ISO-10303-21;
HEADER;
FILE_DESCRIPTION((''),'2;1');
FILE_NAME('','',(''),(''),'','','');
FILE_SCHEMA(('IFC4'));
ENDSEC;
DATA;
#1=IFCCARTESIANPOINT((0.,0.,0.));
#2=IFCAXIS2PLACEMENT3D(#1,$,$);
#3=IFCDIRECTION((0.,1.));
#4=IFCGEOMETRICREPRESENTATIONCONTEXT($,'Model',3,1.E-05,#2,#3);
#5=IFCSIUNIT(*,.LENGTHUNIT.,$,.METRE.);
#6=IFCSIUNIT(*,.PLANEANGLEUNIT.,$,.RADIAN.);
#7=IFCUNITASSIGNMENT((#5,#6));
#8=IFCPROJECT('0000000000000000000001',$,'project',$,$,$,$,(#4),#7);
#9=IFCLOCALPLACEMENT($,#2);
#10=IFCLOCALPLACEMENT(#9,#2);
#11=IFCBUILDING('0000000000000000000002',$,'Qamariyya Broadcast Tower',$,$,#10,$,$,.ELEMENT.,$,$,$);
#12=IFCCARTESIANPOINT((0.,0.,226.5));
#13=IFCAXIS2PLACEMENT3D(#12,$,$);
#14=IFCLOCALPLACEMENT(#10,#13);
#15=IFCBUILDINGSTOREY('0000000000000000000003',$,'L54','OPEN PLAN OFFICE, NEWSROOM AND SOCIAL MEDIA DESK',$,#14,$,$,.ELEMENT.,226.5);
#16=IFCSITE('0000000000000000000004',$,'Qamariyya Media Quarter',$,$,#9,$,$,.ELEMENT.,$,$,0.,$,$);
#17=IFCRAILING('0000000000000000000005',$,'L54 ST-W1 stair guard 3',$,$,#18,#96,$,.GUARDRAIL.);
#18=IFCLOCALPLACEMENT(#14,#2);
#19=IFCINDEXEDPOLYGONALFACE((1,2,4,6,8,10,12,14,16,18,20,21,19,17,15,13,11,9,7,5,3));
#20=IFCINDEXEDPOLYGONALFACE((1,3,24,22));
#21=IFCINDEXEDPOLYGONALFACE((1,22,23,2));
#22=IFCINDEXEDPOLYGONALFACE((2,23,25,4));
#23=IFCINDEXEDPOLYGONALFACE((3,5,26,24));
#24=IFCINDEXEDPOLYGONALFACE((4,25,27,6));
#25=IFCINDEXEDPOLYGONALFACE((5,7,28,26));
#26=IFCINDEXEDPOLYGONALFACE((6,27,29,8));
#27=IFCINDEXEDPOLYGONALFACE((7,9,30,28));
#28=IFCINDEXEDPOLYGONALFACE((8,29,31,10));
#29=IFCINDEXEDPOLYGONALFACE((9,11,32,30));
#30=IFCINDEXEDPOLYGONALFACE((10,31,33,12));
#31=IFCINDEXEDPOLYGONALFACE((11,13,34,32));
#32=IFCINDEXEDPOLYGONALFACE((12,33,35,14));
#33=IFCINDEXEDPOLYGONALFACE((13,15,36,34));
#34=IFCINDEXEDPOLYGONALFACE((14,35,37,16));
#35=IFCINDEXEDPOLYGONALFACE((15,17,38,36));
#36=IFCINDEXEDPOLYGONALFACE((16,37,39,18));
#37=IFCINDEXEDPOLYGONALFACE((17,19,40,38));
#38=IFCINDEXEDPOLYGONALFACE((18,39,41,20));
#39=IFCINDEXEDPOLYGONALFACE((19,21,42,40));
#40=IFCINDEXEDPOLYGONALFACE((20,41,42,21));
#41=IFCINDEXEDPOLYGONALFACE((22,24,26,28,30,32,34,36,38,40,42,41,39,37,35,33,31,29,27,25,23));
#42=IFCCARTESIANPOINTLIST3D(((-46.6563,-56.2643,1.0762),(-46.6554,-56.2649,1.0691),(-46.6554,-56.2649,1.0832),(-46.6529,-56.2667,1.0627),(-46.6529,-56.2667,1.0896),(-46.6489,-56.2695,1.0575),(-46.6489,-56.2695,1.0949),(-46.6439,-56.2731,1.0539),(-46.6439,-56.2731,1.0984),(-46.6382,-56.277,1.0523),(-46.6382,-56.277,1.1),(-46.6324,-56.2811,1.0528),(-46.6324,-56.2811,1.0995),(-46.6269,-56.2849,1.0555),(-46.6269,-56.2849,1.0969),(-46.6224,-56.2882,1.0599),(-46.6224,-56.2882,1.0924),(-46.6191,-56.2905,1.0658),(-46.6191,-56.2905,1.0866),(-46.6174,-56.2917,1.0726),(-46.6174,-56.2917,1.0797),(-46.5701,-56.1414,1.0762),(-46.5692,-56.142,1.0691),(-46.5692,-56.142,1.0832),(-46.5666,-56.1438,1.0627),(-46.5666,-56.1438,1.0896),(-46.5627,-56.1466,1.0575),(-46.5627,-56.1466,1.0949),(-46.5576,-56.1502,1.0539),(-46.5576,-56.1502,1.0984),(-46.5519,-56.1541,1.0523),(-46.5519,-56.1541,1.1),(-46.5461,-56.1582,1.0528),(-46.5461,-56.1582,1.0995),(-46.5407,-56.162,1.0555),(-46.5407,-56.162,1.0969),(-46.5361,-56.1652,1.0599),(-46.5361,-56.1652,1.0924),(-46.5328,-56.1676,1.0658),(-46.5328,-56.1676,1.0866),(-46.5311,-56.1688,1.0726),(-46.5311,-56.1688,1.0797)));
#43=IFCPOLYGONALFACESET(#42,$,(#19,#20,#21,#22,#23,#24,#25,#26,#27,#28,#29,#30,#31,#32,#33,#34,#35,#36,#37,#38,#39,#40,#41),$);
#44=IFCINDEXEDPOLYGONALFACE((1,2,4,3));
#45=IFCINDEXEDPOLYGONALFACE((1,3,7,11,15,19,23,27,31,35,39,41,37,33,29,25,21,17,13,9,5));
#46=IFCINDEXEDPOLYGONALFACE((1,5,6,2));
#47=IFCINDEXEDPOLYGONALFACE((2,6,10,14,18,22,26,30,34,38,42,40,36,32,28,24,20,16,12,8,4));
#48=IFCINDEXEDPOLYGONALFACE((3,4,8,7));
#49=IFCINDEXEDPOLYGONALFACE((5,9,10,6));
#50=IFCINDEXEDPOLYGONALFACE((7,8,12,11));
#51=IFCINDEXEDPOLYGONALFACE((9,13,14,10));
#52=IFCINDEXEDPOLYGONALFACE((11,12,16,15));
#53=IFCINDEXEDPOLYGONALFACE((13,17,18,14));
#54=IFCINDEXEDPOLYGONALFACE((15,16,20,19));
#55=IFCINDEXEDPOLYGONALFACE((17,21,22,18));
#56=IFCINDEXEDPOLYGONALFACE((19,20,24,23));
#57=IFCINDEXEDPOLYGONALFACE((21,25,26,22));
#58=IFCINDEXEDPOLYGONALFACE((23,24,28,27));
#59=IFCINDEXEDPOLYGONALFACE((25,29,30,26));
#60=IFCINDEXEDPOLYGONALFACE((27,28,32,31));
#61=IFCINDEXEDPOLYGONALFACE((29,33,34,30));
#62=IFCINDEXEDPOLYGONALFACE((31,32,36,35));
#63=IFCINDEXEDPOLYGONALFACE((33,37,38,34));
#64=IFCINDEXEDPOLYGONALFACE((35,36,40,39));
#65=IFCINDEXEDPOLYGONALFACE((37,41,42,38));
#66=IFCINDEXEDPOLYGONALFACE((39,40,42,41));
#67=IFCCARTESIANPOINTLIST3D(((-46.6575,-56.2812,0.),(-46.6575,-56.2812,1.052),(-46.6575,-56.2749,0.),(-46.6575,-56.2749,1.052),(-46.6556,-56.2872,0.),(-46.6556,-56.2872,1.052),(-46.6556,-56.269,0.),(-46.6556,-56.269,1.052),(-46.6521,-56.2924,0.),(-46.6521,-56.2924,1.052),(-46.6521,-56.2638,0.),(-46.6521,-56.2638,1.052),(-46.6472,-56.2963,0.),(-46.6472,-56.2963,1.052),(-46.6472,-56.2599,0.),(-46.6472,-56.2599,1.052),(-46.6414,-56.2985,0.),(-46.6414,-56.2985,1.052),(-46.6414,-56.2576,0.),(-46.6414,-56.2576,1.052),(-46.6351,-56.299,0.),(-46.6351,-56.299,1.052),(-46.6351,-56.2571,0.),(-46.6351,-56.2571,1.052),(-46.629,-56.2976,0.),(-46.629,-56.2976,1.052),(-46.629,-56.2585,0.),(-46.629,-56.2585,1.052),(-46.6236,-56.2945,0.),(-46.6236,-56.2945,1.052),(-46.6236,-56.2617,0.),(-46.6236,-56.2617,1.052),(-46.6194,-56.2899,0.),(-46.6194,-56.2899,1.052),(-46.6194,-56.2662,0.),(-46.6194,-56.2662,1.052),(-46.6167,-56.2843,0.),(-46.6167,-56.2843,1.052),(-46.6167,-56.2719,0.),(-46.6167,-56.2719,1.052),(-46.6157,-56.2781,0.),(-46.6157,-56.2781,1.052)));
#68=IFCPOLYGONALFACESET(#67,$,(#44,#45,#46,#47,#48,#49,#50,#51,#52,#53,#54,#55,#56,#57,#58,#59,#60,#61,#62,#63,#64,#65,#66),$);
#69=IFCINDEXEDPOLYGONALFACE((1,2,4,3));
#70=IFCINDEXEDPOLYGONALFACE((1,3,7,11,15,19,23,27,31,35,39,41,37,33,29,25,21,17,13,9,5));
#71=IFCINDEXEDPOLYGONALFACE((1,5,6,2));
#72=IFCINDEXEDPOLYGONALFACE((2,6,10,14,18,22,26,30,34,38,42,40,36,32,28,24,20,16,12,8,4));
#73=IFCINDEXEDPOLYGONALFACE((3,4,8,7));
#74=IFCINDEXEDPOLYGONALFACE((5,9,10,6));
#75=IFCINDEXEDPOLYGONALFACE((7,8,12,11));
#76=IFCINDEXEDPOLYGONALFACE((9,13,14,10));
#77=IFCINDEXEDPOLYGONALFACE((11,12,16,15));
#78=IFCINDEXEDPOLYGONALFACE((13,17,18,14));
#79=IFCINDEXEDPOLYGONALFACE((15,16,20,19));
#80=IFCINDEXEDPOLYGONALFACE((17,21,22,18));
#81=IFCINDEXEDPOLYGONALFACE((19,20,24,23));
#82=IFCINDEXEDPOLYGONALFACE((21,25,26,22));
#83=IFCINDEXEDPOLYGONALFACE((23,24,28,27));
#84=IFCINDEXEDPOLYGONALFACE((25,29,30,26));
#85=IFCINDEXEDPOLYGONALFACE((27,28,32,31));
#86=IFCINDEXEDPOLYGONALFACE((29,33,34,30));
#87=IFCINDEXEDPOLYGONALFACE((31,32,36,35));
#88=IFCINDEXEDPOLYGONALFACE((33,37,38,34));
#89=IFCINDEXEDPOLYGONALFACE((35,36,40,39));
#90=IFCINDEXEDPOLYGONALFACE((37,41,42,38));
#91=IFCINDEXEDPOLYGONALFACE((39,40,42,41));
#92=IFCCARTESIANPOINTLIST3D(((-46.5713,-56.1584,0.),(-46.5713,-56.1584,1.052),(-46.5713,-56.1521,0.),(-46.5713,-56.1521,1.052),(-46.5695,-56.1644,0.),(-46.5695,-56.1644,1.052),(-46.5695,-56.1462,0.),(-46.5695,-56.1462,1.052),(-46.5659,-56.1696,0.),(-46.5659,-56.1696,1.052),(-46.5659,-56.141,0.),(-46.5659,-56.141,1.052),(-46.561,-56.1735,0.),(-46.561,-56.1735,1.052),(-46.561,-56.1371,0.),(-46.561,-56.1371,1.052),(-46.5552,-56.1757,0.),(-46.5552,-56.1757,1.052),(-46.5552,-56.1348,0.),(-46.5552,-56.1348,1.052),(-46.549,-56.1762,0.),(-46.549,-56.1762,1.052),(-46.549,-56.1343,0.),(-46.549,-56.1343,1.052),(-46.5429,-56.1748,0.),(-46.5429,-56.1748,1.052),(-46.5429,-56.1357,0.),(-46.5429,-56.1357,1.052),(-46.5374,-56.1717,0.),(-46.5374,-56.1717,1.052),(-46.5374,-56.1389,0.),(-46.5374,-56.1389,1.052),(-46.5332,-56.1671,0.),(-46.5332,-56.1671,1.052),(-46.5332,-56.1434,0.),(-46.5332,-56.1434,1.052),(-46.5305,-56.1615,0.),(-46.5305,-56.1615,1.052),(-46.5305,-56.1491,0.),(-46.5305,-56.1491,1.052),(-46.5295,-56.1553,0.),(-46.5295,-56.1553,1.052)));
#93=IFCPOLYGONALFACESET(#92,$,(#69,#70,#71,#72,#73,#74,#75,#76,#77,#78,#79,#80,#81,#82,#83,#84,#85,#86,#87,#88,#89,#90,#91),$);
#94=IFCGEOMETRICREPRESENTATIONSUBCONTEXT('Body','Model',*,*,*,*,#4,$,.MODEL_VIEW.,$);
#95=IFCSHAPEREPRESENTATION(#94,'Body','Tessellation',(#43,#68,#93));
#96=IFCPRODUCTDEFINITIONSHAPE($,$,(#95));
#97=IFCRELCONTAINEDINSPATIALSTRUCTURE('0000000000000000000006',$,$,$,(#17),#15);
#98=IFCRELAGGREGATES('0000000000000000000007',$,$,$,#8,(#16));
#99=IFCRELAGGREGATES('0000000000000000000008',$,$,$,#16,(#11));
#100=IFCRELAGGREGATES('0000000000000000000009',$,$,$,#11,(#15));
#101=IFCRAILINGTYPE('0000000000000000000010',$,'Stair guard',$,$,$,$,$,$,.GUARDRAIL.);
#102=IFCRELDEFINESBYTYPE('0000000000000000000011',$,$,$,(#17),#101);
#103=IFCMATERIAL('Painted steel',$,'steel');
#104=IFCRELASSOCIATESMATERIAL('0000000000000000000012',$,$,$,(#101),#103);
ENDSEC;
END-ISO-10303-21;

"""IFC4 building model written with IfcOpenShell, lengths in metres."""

from ifc_helpers import new_model, si_unit, direction, frame, origin, origin_2d, place, context, subcontext, project, spatial, circle, extrude, material, type_object, element, save


model = new_model("IFC4")

# Units and contexts
model_context = context("Model", 3, precision=1e-05, world=origin(), true_north=direction((0.0, 1.0)))
body_context = subcontext(model_context, "Body", "Model", "MODEL_VIEW")
ifc_project = project(units=[si_unit("LENGTHUNIT", "METRE"), si_unit("PLANEANGLEUNIT", "RADIAN")], contexts=[model_context])

# Site, building, storey
site_placement = place(None, origin())
site = spatial("IfcSite", under=ifc_project, at=site_placement, Name="Qamariyya Media Quarter", CompositionType="ELEMENT", RefElevation=0.0)
building_placement = place(site_placement, origin())
building = spatial("IfcBuilding", under=site, at=building_placement, Name="Qamariyya Broadcast Tower", CompositionType="ELEMENT")
storey_placement = place(building_placement, frame((0.0, 0.0, 226.5)))
storey = spatial("IfcBuildingStorey", under=building, at=storey_placement, Name="L54", Description="OPEN PLAN OFFICE, NEWSROOM AND SOCIAL MEDIA DESK", CompositionType="ELEMENT", Elevation=226.5)

# Railing
ifc_material_1 = material(Name="Painted steel", Category="steel")
railing_type_1 = type_object("IfcRailingType", Name="Stair guard", PredefinedType="GUARDRAIL", material=ifc_material_1)
railing_1_placement = place(storey_placement, frame((-46.6367, -56.2781, 0.0)))
element("IfcRailing", 1, at=railing_1_placement, inside=storey, type_object=railing_type_1, Name="L54 ST-W1 stair guard 3", PredefinedType="GUARDRAIL", context=body_context, shape_type="SweptSolid", body=[
    extrude(circle(Radius=0.0239, at=origin_2d()), frame((0.0, 0.0, 1.0762), z_axis=(0.574445, 0.818543, 0.0), x_axis=(-0.818543, 0.574445, 0.0)), (0.0, 0.0, 1.0), 0.1501),
    extrude(circle(Radius=0.021, at=origin_2d()), origin(), (0.0, 0.0, 1.0), 1.052),
    extrude(circle(Radius=0.021, at=origin_2d()), frame((0.0862, 0.1228, 0.0)), (0.0, 0.0, 1.0), 1.052),
])

save(model, "model.ifc")
